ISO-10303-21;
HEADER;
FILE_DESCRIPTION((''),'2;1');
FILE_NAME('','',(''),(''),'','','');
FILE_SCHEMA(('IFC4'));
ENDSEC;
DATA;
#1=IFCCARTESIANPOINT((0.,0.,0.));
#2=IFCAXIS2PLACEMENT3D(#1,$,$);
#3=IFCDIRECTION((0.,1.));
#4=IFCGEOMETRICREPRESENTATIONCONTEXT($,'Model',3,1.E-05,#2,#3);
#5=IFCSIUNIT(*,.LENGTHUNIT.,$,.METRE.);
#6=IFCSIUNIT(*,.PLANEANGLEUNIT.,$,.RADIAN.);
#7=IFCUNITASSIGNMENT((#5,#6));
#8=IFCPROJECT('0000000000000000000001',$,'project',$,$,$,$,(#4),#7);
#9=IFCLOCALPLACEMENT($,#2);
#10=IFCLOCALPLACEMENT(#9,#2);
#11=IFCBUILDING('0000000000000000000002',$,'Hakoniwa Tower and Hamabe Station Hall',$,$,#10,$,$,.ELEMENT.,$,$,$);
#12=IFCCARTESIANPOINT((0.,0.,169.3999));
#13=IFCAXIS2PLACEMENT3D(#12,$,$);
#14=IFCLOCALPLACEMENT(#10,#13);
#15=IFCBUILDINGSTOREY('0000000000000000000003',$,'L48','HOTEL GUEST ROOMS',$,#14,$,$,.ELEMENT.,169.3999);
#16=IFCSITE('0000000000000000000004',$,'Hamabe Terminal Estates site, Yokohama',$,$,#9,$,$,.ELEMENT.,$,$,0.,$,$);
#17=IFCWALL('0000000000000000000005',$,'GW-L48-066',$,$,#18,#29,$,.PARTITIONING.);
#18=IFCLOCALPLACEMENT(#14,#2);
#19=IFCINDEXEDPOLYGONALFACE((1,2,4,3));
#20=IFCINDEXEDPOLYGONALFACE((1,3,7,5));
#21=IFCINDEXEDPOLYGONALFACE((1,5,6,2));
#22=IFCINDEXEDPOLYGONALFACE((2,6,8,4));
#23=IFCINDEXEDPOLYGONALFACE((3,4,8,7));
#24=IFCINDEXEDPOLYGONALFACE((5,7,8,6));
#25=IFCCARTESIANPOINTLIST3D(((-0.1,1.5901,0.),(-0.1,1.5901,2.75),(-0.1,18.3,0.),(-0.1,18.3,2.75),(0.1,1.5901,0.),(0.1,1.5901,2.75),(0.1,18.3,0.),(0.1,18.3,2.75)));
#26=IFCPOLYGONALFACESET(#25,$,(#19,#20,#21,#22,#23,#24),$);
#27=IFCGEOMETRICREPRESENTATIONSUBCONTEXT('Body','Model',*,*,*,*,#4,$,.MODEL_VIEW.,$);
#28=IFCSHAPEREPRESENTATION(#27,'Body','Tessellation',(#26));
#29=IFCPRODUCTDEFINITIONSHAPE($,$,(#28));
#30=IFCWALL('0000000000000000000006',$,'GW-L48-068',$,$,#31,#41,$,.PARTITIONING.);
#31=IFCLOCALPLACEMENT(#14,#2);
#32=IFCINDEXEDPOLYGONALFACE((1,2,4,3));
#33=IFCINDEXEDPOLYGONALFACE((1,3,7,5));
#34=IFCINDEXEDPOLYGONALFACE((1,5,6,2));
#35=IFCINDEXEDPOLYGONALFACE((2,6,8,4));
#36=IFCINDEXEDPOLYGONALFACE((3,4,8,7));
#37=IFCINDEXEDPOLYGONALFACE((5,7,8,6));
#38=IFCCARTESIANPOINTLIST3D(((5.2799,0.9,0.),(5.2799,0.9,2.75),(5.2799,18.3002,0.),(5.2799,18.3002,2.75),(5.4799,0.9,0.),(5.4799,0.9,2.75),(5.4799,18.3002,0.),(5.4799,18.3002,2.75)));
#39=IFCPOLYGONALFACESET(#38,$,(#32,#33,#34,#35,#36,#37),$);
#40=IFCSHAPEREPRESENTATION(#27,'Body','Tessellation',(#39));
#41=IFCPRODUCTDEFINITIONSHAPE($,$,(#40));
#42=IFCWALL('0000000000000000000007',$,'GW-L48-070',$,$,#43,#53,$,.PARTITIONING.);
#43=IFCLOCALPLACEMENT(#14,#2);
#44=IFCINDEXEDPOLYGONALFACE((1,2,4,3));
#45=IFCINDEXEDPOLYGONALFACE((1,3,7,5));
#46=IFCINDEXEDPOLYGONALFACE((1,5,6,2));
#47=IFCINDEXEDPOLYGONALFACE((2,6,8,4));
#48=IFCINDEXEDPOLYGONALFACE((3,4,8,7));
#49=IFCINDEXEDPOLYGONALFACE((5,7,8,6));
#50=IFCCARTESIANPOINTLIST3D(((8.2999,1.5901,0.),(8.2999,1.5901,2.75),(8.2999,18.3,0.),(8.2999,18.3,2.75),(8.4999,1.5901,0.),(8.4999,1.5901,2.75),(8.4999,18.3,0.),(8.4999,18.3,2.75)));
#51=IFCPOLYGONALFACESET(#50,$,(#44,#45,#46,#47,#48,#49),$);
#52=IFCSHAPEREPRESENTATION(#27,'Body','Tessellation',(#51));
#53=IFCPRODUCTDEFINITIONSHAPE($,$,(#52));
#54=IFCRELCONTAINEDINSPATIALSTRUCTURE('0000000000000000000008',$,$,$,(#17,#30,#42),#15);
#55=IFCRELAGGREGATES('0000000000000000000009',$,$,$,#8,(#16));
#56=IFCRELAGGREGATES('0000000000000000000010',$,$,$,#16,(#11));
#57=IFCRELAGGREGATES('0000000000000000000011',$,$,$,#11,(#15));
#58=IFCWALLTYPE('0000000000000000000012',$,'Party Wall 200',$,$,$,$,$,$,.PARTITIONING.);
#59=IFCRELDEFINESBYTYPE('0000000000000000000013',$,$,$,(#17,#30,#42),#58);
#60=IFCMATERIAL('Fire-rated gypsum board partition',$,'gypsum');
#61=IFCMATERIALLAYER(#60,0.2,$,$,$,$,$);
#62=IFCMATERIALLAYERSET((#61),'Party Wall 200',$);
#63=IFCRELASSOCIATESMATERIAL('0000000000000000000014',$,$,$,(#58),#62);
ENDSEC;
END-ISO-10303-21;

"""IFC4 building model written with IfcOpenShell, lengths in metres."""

from ifc_helpers import new_model, si_unit, direction, frame, frame_2d, origin, place, context, subcontext, project, spatial, rectangle, extrude, material, layer, layer_set, type_object, element, save


model = new_model("IFC4")

# Units and contexts
model_context = context("Model", 3, precision=1e-05, world=origin(), true_north=direction((0.0, 1.0)))
body_context = subcontext(model_context, "Body", "Model", "MODEL_VIEW")
ifc_project = project(units=[si_unit("LENGTHUNIT", "METRE"), si_unit("PLANEANGLEUNIT", "RADIAN")], contexts=[model_context])

# Site, building, storey
site_placement = place(None, origin())
site = spatial("IfcSite", under=ifc_project, at=site_placement, Name="Hamabe Terminal Estates site, Yokohama", CompositionType="ELEMENT", RefElevation=0.0)
building_placement = place(site_placement, origin())
building = spatial("IfcBuilding", under=site, at=building_placement, Name="Hakoniwa Tower and Hamabe Station Hall", CompositionType="ELEMENT")
storey_placement = place(building_placement, frame((0.0, 0.0, 169.3999)))
storey = spatial("IfcBuildingStorey", under=building, at=storey_placement, Name="L48", Description="HOTEL GUEST ROOMS", CompositionType="ELEMENT", Elevation=169.3999)

# Walls
ifc_material_1 = material(Name="Fire-rated gypsum board partition", Category="gypsum")
ifc_layer_1 = layer(ifc_material_1, 0.2)
ifc_layer_set_1 = layer_set([ifc_layer_1], Name="Party Wall 200")
wall_type_1 = type_object("IfcWallType", Name="Party Wall 200", PredefinedType="PARTITIONING", material=ifc_layer_set_1)
wall_1_placement = place(storey_placement, frame((0.0, 1.5901, 0.0), z_axis=(0.0, 0.0, 1.0), x_axis=(0.0, 1.0, 0.0)))
element("IfcWall", 1, at=wall_1_placement, inside=storey, type_object=wall_type_1, Name="GW-L48-066", PredefinedType="PARTITIONING", context=body_context, shape_type="SweptSolid", body=[
    extrude(rectangle(XDim=16.71, YDim=0.2, at=frame_2d((8.355, 0.0))), origin(), (0.0, 0.0, 1.0), 2.75),
])
wall_2_placement = place(storey_placement, frame((5.3799, 0.8999, 0.0), z_axis=(0.0, 0.0, 1.0), x_axis=(0.0, 1.0, 0.0)))
element("IfcWall", 2, at=wall_2_placement, inside=storey, type_object=wall_type_1, Name="GW-L48-068", PredefinedType="PARTITIONING", context=body_context, shape_type="SweptSolid", body=[
    extrude(rectangle(XDim=17.4001, YDim=0.2, at=frame_2d((8.7002, 0.0))), origin(), (0.0, 0.0, 1.0), 2.75),
])
wall_3_placement = place(storey_placement, frame((8.3999, 1.5901, 0.0), z_axis=(0.0, 0.0, 1.0), x_axis=(0.0, 1.0, 0.0)))
element("IfcWall", 3, at=wall_3_placement, inside=storey, type_object=wall_type_1, Name="GW-L48-070", PredefinedType="PARTITIONING", context=body_context, shape_type="SweptSolid", body=[
    extrude(rectangle(XDim=16.71, YDim=0.2, at=frame_2d((8.355, 0.0))), origin(), (0.0, 0.0, 1.0), 2.75),
])

save(model, "model.ifc")
